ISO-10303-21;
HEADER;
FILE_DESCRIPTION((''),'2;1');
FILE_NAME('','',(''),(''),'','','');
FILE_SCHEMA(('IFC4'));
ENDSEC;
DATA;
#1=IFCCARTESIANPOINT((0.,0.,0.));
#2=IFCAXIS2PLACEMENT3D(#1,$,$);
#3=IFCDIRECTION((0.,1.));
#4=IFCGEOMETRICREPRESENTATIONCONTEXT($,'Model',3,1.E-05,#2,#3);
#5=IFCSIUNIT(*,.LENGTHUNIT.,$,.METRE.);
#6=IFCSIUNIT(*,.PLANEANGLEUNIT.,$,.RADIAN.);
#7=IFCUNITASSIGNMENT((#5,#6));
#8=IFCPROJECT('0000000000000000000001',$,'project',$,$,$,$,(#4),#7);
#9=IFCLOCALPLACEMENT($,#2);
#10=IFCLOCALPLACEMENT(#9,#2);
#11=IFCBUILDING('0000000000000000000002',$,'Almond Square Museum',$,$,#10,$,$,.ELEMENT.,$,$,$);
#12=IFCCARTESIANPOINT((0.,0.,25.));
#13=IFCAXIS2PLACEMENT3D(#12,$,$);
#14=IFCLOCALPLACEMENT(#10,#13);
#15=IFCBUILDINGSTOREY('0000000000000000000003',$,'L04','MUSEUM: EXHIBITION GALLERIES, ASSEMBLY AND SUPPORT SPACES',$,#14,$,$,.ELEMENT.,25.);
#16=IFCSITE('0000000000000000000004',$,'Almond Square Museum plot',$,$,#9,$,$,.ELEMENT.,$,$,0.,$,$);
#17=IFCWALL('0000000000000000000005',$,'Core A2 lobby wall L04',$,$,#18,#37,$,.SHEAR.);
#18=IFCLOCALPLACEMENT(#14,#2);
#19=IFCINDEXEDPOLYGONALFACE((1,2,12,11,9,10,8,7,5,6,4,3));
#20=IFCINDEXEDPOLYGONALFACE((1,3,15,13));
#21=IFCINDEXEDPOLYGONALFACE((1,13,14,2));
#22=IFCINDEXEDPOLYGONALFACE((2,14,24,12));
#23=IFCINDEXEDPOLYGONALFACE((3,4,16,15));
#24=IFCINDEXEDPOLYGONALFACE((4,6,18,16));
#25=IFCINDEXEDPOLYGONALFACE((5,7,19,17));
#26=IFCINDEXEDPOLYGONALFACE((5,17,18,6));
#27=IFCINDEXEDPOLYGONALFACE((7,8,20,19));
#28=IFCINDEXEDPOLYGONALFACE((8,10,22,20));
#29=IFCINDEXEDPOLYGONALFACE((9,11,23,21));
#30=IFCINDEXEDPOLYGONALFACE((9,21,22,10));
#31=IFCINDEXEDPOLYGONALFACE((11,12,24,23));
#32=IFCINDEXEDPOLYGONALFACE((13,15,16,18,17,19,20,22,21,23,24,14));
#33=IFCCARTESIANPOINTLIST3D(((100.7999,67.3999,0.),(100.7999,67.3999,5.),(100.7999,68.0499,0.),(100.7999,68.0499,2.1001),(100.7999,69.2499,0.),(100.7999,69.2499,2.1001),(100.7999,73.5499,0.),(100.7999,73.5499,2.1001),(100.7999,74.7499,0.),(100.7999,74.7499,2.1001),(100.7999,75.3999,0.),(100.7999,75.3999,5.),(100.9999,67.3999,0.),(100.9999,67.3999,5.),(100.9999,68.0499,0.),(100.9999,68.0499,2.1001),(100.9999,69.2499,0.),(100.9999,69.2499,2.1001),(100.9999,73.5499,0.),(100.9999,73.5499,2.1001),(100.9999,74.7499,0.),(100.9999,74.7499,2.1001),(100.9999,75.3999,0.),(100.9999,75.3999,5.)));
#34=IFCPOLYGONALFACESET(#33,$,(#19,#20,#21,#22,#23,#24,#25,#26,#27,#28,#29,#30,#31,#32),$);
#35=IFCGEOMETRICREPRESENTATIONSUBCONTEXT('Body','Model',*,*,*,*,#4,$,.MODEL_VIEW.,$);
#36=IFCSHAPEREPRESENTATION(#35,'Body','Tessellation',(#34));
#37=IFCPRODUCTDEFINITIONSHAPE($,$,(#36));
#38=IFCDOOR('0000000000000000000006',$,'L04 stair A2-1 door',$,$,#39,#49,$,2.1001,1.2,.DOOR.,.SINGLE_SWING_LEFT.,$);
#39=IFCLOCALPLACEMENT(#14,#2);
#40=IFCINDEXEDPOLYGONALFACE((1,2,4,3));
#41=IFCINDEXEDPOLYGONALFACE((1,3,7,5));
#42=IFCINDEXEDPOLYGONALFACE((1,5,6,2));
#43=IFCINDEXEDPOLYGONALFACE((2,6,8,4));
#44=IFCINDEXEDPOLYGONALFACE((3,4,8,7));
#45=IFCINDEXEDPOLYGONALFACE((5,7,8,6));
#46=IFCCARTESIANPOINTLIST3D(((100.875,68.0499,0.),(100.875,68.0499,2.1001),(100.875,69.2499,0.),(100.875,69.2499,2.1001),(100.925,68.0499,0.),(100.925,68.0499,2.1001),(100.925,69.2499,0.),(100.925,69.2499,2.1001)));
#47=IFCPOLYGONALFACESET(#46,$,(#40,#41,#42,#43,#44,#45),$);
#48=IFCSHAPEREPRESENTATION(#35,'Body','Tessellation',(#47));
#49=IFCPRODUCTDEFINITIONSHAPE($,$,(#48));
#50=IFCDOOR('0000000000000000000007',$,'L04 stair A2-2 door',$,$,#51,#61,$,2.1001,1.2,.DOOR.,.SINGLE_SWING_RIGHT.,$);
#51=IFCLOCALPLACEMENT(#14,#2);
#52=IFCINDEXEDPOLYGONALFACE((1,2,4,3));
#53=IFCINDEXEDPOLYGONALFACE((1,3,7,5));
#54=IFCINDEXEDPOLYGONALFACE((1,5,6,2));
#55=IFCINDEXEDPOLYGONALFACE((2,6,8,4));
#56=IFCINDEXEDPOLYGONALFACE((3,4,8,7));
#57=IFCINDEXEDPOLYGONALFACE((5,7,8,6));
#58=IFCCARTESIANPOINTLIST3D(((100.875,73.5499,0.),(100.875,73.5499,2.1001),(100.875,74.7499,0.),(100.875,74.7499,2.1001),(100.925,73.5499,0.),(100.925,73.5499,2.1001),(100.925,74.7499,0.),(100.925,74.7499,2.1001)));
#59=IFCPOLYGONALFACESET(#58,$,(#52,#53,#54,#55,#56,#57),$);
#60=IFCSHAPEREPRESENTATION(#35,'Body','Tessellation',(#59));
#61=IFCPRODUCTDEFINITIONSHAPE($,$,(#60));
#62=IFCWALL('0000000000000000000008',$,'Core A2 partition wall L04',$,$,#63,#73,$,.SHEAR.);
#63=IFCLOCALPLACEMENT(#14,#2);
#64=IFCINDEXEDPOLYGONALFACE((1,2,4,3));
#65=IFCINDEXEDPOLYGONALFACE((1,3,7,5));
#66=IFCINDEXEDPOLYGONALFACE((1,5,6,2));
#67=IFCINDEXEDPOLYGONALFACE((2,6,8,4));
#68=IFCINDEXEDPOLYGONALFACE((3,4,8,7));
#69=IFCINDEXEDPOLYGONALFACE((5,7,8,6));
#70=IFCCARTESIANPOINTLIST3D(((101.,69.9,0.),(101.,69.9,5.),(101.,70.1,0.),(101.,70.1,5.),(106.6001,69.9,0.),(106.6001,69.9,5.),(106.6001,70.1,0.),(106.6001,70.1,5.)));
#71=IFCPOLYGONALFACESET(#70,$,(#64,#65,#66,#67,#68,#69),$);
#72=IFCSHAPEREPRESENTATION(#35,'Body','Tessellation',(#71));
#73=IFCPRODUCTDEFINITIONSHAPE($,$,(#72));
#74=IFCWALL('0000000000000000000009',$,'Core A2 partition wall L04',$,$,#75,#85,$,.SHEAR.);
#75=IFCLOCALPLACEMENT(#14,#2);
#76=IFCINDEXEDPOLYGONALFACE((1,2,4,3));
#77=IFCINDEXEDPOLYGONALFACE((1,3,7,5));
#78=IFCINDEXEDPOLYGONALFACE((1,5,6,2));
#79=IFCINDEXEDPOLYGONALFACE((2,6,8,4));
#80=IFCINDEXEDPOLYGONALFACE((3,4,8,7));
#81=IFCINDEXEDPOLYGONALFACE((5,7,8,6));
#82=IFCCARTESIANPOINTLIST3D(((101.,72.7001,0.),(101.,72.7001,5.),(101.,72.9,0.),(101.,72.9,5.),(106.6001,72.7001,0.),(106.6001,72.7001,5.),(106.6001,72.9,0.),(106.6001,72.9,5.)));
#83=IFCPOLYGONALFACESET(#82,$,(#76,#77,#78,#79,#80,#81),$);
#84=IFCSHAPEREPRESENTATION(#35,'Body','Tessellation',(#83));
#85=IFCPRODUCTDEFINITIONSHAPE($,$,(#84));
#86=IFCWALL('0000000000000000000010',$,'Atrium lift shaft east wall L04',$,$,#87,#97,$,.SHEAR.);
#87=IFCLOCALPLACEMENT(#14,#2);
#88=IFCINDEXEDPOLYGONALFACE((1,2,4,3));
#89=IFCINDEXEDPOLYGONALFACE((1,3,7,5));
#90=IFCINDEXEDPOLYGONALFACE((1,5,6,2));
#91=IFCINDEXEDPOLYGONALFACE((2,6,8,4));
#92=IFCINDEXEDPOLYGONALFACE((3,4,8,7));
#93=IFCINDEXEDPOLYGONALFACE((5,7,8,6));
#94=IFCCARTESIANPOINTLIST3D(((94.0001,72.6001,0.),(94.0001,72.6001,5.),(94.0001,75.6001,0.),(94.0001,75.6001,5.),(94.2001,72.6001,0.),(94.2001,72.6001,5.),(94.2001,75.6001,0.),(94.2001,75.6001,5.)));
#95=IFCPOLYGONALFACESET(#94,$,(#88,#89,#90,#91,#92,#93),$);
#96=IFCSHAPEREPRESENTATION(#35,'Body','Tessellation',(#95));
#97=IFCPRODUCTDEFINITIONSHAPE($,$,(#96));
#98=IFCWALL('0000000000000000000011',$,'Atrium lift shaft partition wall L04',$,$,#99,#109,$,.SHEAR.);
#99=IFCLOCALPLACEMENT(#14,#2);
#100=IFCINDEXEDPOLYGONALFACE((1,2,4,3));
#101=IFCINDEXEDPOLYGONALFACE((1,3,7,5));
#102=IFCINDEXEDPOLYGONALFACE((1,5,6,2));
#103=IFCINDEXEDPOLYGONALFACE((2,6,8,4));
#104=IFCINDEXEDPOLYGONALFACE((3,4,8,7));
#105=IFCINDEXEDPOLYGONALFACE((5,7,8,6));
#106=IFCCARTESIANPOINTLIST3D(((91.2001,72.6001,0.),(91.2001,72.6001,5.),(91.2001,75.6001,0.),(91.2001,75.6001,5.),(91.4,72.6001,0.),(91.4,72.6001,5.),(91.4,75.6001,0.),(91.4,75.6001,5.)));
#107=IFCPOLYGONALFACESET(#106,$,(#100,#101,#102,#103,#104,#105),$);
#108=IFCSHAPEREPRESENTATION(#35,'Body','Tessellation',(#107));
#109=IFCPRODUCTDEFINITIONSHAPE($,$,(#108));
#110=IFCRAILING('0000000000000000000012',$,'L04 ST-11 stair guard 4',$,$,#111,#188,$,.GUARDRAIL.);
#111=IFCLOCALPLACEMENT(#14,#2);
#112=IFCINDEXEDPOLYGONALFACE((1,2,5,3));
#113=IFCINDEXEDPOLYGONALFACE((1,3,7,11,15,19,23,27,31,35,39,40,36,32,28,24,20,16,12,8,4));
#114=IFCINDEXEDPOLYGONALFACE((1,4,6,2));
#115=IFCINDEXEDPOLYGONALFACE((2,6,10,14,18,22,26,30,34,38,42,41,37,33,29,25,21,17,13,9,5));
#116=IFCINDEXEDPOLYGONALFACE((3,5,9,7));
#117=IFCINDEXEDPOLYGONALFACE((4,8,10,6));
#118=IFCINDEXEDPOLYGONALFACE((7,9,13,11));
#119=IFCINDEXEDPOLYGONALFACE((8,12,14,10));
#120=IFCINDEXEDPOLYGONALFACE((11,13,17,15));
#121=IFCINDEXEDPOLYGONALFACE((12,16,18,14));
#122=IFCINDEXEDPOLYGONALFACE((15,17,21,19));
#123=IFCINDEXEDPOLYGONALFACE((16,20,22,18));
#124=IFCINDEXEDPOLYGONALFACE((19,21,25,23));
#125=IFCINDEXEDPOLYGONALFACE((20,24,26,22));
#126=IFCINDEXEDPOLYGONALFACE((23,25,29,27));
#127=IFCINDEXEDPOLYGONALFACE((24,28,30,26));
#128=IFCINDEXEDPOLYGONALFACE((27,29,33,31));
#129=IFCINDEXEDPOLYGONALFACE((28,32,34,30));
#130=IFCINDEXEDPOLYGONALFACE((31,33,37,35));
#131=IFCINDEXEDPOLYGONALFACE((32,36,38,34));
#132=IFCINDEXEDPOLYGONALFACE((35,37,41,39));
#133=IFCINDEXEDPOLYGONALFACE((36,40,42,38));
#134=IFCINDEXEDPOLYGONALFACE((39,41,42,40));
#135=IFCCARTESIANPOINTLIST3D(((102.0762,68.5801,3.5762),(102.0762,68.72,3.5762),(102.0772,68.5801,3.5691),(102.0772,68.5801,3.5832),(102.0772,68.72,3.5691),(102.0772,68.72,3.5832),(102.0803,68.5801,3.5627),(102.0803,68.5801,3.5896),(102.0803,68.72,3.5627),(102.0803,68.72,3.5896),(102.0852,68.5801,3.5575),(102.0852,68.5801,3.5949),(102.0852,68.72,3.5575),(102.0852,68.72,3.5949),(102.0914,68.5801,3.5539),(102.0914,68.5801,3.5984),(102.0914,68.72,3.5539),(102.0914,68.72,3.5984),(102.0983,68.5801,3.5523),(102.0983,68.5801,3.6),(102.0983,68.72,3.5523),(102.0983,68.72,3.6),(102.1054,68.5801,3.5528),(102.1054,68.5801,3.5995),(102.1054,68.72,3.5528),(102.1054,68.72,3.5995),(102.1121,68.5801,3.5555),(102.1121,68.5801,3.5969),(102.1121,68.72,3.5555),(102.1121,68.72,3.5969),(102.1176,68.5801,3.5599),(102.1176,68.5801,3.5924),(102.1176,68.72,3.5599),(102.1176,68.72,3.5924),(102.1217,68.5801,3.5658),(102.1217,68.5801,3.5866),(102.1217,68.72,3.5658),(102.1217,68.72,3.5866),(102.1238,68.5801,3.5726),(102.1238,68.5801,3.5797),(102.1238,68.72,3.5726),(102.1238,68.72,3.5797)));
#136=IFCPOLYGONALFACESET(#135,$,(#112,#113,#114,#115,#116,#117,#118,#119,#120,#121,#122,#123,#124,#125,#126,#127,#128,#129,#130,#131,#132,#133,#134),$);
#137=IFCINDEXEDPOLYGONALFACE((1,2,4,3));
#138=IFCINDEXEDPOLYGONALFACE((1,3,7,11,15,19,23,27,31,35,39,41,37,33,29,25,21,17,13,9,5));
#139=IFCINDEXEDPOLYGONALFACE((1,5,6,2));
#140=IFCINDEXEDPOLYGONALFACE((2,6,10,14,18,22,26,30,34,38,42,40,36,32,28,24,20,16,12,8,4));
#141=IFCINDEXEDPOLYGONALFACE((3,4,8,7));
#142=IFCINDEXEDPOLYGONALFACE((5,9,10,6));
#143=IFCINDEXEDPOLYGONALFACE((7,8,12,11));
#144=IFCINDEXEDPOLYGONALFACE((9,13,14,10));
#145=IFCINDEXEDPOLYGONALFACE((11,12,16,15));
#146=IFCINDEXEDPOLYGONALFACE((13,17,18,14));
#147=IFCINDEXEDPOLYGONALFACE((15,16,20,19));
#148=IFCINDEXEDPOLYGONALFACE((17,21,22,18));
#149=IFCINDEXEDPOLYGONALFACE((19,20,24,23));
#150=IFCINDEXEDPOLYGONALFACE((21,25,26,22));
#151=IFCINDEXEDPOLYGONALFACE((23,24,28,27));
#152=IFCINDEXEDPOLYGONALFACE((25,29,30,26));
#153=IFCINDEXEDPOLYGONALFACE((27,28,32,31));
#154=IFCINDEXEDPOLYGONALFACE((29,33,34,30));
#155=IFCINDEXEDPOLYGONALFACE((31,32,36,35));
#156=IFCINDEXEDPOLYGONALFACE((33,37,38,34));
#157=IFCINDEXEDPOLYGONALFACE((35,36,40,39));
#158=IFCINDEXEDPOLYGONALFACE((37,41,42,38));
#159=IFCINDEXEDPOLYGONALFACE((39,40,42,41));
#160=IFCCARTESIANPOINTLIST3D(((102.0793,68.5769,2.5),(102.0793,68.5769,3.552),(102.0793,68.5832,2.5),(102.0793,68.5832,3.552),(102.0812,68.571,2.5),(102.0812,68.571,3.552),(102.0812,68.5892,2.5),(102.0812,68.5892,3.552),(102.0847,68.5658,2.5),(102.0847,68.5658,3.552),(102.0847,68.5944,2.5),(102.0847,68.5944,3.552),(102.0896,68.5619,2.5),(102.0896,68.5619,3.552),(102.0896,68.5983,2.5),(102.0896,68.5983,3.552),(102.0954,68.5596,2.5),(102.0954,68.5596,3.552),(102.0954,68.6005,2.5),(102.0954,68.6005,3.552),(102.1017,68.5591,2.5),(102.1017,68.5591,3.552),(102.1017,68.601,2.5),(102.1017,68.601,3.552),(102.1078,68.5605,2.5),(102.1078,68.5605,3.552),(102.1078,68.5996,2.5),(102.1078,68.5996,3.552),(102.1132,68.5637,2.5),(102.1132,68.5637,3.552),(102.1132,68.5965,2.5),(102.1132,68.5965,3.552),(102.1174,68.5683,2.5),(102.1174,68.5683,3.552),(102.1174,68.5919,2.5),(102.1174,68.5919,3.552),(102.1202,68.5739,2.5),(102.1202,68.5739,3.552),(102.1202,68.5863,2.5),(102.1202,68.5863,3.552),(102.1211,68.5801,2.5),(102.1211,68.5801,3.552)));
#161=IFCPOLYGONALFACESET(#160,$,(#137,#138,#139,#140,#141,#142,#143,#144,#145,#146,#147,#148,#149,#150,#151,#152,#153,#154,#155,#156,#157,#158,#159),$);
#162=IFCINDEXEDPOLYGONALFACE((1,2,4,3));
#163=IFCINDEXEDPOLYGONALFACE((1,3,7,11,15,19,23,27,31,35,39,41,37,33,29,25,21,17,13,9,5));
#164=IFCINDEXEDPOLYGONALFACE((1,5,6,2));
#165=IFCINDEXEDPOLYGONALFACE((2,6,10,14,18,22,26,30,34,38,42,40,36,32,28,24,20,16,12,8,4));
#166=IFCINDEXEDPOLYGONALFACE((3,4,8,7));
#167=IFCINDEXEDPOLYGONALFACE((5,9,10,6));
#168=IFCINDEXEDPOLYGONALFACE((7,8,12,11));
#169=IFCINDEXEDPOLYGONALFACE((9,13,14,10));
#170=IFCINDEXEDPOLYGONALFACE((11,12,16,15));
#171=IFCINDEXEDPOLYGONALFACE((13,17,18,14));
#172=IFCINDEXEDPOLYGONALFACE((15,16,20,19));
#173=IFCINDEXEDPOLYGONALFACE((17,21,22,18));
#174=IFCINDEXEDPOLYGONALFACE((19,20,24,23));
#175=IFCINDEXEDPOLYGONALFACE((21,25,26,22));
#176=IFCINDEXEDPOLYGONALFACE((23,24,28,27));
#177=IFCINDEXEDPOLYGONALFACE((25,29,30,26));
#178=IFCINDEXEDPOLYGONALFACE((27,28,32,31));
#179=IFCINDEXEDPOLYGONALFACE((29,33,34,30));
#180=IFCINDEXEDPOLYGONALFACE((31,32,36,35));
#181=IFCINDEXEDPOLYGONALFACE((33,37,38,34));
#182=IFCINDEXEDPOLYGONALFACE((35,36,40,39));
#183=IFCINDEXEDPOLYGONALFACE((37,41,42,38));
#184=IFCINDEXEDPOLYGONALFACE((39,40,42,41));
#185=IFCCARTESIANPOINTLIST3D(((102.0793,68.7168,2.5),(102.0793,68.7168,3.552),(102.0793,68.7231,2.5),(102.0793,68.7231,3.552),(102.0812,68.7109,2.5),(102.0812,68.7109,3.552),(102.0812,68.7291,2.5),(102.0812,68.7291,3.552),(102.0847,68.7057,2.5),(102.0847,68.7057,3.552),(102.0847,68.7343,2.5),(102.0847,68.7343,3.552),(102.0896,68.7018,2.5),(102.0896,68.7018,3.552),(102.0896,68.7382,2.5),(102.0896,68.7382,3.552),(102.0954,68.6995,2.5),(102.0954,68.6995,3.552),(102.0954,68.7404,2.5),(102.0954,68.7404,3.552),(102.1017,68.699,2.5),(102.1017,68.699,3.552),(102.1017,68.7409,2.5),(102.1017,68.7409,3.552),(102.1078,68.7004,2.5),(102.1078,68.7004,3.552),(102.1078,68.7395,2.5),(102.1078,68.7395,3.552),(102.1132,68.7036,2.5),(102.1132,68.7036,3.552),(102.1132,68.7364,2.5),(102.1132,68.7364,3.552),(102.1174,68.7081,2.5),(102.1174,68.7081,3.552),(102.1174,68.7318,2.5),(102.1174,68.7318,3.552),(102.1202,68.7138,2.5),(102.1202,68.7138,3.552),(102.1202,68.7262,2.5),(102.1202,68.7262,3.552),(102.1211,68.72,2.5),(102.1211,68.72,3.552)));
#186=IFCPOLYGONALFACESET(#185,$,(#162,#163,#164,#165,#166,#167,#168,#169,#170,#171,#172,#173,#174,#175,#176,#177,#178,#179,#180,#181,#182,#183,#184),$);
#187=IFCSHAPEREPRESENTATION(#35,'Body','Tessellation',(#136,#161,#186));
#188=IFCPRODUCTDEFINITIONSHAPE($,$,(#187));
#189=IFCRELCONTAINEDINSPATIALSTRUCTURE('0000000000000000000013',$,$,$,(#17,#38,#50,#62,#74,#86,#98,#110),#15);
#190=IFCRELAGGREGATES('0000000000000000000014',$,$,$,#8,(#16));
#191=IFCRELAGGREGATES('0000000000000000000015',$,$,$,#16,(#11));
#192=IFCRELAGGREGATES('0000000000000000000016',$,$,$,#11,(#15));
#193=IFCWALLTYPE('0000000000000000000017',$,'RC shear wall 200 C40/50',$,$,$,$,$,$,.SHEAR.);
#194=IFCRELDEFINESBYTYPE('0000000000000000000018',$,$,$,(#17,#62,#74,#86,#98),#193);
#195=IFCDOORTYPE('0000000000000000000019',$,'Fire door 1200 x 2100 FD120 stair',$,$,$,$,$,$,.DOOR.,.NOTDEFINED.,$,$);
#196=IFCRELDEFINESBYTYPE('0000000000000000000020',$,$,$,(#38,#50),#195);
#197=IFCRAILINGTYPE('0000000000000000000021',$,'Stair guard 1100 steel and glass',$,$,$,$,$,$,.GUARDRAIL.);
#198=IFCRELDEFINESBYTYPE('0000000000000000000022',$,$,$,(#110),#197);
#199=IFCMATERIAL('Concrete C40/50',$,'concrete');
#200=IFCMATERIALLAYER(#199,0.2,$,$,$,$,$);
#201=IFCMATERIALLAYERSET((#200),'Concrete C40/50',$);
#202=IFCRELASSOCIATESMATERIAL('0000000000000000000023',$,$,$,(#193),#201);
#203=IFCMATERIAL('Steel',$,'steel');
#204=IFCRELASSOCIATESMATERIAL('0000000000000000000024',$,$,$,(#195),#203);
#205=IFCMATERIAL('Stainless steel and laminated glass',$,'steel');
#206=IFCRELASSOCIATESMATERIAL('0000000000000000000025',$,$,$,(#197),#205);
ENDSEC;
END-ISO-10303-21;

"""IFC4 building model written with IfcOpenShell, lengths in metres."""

from ifc_helpers import new_model, si_unit, direction, frame, frame_2d, origin, origin_2d, place, context, subcontext, project, spatial, rectangle, circle, extrude, material, layer, layer_set, type_object, element, fill, save


model = new_model("IFC4")

# Units and contexts
model_context = context("Model", 3, precision=1e-05, world=origin(), true_north=direction((0.0, 1.0)))
body_context = subcontext(model_context, "Body", "Model", "MODEL_VIEW")
ifc_project = project(units=[si_unit("LENGTHUNIT", "METRE"), si_unit("PLANEANGLEUNIT", "RADIAN")], contexts=[model_context])

# Site, building, storey
site_placement = place(None, origin())
site = spatial("IfcSite", under=ifc_project, at=site_placement, Name="Almond Square Museum plot", CompositionType="ELEMENT", RefElevation=0.0)
building_placement = place(site_placement, origin())
building = spatial("IfcBuilding", under=site, at=building_placement, Name="Almond Square Museum", CompositionType="ELEMENT")
storey_placement = place(building_placement, frame((0.0, 0.0, 25.0)))
storey = spatial("IfcBuildingStorey", under=building, at=storey_placement, Name="L04", Description="MUSEUM: EXHIBITION GALLERIES, ASSEMBLY AND SUPPORT SPACES", CompositionType="ELEMENT", Elevation=25.0)

# Shared definitions
ifc_material_1 = material(Name="Concrete C40/50", Category="concrete")
ifc_layer_1 = layer(ifc_material_1, 0.2)
ifc_layer_set_1 = layer_set([ifc_layer_1], Name="Concrete C40/50")
wall_type = type_object("IfcWallType", Name="RC shear wall 200 C40/50", PredefinedType="SHEAR", material=ifc_layer_set_1)

# Wall, openings, doors
wall_1_placement = place(storey_placement, frame((100.8999, 67.3999, 0.0), z_axis=(0.0, 0.0, 1.0), x_axis=(0.0, 1.0, 0.0)))
wall_1 = element("IfcWall", 1, at=wall_1_placement, inside=storey, type_object=wall_type, Name="Core A2 lobby wall L04", PredefinedType="SHEAR", context=body_context, shape_type="SweptSolid", body=[
    extrude(rectangle(XDim=8.0, YDim=0.2, at=frame_2d((4.0, 0.0))), origin(), (0.0, 0.0, 1.0), 5.0),
])
opening_1_placement = place(wall_1_placement, frame((0.6499, 0.0, 0.0)))
opening_1 = element("IfcOpeningElement", 2, at=opening_1_placement, cuts=wall_1, PredefinedType="OPENING", context=body_context, shape_type="SweptSolid", body=[
    extrude(rectangle(XDim=1.2, YDim=2.1001, at=frame_2d((0.6001, 1.05))), frame((0.0, 0.1099, 0.0), z_axis=(0.0, -1.0, 0.0), x_axis=(1.0, 0.0, 0.0)), (0.0, 0.0, 1.0), 0.22),
])
opening_2_placement = place(wall_1_placement, frame((6.1499, 0.0, 0.0)))
opening_2 = element("IfcOpeningElement", 3, at=opening_2_placement, cuts=wall_1, PredefinedType="OPENING", context=body_context, shape_type="SweptSolid", body=[
    extrude(rectangle(XDim=1.2, YDim=2.1001, at=frame_2d((0.6001, 1.05))), frame((0.0, 0.1099, 0.0), z_axis=(0.0, -1.0, 0.0), x_axis=(1.0, 0.0, 0.0)), (0.0, 0.0, 1.0), 0.22),
])
ifc_material_2 = material(Name="Steel", Category="steel")
door_type_1 = type_object("IfcDoorType", Name="Fire door 1200 x 2100 FD120 stair", OperationType="NOTDEFINED", PredefinedType="DOOR", material=ifc_material_2)
door_1_placement = place(opening_1_placement, origin())
door_1 = element("IfcDoor", 4, at=door_1_placement, inside=storey, type_object=door_type_1, Name="L04 stair A2-1 door", OperationType="SINGLE_SWING_LEFT", OverallHeight=2.1001, OverallWidth=1.2, PredefinedType="DOOR", context=body_context, shape_type="SweptSolid", body=[
    extrude(rectangle(XDim=1.2, YDim=2.1001, at=frame_2d((0.6001, 1.05))), frame((0.0, 0.0249, 0.0), z_axis=(0.0, -1.0, 0.0), x_axis=(1.0, 0.0, 0.0)), (0.0, 0.0, 1.0), 0.05),
])
fill(opening_1, door_1)
door_2_placement = place(opening_2_placement, origin())
door_2 = element("IfcDoor", 5, at=door_2_placement, inside=storey, type_object=door_type_1, Name="L04 stair A2-2 door", OperationType="SINGLE_SWING_RIGHT", OverallHeight=2.1001, OverallWidth=1.2, PredefinedType="DOOR", context=body_context, shape_type="SweptSolid", body=[
    extrude(rectangle(XDim=1.2, YDim=2.1001, at=frame_2d((0.6001, 1.05))), frame((0.0, 0.0249, 0.0), z_axis=(0.0, -1.0, 0.0), x_axis=(1.0, 0.0, 0.0)), (0.0, 0.0, 1.0), 0.05),
])
fill(opening_2, door_2)

# Walls
for number, where, z_axis, x_axis, name in (
    (6, (101.0, 70.0, 0.0), (0.0, 0.0, 1.0), (1.0, 0.0, 0.0), "Core A2 partition wall L04"),
    (7, (101.0, 72.8, 0.0), (0.0, 0.0, 1.0), (1.0, 0.0, 0.0), "Core A2 partition wall L04"),
):
    element("IfcWall", number, at=place(storey_placement, frame(where, z_axis=z_axis, x_axis=x_axis)), inside=storey, type_object=wall_type, Name=name, PredefinedType="SHEAR", context=body_context, shape_type="SweptSolid", body=[
        extrude(rectangle(XDim=5.6001, YDim=0.2, at=frame_2d((2.8, 0.0))), origin(), (0.0, 0.0, 1.0), 5.0),
    ])
for number, where, z_axis, x_axis, name in (
    (8, (94.1001, 72.6001, 0.0), (0.0, 0.0, 1.0), (0.0, 1.0, 0.0), "Atrium lift shaft east wall L04"),
    (9, (91.3, 72.6001, 0.0), (0.0, 0.0, 1.0), (0.0, 1.0, 0.0), "Atrium lift shaft partition wall L04"),
):
    element("IfcWall", number, at=place(storey_placement, frame(where, z_axis=z_axis, x_axis=x_axis)), inside=storey, type_object=wall_type, Name=name, PredefinedType="SHEAR", context=body_context, shape_type="SweptSolid", body=[
        extrude(rectangle(XDim=3.0, YDim=0.2, at=frame_2d((1.5, 0.0))), origin(), (0.0, 0.0, 1.0), 5.0),
    ])

# Railing
ifc_material_3 = material(Name="Stainless steel and laminated glass", Category="steel")
railing_type = type_object("IfcRailingType", Name="Stair guard 1100 steel and glass", PredefinedType="GUARDRAIL", material=ifc_material_3)
for number, where, name in (
    (10, (102.1001, 68.5801, 2.5), "L04 ST-11 stair guard 4"),
):
    element("IfcRailing", number, at=place(storey_placement, frame(where)), inside=storey, type_object=railing_type, Name=name, PredefinedType="GUARDRAIL", context=body_context, shape_type="SweptSolid", body=[
        extrude(circle(Radius=0.0239, at=origin_2d()), frame((0.0, 0.0, 1.0762), z_axis=(0.0, 1.0, 0.0), x_axis=(-1.0, 0.0, 0.0)), (0.0, 0.0, 1.0), 0.1399),
        extrude(circle(Radius=0.021, at=origin_2d()), origin(), (0.0, 0.0, 1.0), 1.052),
        extrude(circle(Radius=0.021, at=origin_2d()), frame((0.0, 0.1399, 0.0)), (0.0, 0.0, 1.0), 1.052),
    ])

save(model, "model.ifc")
